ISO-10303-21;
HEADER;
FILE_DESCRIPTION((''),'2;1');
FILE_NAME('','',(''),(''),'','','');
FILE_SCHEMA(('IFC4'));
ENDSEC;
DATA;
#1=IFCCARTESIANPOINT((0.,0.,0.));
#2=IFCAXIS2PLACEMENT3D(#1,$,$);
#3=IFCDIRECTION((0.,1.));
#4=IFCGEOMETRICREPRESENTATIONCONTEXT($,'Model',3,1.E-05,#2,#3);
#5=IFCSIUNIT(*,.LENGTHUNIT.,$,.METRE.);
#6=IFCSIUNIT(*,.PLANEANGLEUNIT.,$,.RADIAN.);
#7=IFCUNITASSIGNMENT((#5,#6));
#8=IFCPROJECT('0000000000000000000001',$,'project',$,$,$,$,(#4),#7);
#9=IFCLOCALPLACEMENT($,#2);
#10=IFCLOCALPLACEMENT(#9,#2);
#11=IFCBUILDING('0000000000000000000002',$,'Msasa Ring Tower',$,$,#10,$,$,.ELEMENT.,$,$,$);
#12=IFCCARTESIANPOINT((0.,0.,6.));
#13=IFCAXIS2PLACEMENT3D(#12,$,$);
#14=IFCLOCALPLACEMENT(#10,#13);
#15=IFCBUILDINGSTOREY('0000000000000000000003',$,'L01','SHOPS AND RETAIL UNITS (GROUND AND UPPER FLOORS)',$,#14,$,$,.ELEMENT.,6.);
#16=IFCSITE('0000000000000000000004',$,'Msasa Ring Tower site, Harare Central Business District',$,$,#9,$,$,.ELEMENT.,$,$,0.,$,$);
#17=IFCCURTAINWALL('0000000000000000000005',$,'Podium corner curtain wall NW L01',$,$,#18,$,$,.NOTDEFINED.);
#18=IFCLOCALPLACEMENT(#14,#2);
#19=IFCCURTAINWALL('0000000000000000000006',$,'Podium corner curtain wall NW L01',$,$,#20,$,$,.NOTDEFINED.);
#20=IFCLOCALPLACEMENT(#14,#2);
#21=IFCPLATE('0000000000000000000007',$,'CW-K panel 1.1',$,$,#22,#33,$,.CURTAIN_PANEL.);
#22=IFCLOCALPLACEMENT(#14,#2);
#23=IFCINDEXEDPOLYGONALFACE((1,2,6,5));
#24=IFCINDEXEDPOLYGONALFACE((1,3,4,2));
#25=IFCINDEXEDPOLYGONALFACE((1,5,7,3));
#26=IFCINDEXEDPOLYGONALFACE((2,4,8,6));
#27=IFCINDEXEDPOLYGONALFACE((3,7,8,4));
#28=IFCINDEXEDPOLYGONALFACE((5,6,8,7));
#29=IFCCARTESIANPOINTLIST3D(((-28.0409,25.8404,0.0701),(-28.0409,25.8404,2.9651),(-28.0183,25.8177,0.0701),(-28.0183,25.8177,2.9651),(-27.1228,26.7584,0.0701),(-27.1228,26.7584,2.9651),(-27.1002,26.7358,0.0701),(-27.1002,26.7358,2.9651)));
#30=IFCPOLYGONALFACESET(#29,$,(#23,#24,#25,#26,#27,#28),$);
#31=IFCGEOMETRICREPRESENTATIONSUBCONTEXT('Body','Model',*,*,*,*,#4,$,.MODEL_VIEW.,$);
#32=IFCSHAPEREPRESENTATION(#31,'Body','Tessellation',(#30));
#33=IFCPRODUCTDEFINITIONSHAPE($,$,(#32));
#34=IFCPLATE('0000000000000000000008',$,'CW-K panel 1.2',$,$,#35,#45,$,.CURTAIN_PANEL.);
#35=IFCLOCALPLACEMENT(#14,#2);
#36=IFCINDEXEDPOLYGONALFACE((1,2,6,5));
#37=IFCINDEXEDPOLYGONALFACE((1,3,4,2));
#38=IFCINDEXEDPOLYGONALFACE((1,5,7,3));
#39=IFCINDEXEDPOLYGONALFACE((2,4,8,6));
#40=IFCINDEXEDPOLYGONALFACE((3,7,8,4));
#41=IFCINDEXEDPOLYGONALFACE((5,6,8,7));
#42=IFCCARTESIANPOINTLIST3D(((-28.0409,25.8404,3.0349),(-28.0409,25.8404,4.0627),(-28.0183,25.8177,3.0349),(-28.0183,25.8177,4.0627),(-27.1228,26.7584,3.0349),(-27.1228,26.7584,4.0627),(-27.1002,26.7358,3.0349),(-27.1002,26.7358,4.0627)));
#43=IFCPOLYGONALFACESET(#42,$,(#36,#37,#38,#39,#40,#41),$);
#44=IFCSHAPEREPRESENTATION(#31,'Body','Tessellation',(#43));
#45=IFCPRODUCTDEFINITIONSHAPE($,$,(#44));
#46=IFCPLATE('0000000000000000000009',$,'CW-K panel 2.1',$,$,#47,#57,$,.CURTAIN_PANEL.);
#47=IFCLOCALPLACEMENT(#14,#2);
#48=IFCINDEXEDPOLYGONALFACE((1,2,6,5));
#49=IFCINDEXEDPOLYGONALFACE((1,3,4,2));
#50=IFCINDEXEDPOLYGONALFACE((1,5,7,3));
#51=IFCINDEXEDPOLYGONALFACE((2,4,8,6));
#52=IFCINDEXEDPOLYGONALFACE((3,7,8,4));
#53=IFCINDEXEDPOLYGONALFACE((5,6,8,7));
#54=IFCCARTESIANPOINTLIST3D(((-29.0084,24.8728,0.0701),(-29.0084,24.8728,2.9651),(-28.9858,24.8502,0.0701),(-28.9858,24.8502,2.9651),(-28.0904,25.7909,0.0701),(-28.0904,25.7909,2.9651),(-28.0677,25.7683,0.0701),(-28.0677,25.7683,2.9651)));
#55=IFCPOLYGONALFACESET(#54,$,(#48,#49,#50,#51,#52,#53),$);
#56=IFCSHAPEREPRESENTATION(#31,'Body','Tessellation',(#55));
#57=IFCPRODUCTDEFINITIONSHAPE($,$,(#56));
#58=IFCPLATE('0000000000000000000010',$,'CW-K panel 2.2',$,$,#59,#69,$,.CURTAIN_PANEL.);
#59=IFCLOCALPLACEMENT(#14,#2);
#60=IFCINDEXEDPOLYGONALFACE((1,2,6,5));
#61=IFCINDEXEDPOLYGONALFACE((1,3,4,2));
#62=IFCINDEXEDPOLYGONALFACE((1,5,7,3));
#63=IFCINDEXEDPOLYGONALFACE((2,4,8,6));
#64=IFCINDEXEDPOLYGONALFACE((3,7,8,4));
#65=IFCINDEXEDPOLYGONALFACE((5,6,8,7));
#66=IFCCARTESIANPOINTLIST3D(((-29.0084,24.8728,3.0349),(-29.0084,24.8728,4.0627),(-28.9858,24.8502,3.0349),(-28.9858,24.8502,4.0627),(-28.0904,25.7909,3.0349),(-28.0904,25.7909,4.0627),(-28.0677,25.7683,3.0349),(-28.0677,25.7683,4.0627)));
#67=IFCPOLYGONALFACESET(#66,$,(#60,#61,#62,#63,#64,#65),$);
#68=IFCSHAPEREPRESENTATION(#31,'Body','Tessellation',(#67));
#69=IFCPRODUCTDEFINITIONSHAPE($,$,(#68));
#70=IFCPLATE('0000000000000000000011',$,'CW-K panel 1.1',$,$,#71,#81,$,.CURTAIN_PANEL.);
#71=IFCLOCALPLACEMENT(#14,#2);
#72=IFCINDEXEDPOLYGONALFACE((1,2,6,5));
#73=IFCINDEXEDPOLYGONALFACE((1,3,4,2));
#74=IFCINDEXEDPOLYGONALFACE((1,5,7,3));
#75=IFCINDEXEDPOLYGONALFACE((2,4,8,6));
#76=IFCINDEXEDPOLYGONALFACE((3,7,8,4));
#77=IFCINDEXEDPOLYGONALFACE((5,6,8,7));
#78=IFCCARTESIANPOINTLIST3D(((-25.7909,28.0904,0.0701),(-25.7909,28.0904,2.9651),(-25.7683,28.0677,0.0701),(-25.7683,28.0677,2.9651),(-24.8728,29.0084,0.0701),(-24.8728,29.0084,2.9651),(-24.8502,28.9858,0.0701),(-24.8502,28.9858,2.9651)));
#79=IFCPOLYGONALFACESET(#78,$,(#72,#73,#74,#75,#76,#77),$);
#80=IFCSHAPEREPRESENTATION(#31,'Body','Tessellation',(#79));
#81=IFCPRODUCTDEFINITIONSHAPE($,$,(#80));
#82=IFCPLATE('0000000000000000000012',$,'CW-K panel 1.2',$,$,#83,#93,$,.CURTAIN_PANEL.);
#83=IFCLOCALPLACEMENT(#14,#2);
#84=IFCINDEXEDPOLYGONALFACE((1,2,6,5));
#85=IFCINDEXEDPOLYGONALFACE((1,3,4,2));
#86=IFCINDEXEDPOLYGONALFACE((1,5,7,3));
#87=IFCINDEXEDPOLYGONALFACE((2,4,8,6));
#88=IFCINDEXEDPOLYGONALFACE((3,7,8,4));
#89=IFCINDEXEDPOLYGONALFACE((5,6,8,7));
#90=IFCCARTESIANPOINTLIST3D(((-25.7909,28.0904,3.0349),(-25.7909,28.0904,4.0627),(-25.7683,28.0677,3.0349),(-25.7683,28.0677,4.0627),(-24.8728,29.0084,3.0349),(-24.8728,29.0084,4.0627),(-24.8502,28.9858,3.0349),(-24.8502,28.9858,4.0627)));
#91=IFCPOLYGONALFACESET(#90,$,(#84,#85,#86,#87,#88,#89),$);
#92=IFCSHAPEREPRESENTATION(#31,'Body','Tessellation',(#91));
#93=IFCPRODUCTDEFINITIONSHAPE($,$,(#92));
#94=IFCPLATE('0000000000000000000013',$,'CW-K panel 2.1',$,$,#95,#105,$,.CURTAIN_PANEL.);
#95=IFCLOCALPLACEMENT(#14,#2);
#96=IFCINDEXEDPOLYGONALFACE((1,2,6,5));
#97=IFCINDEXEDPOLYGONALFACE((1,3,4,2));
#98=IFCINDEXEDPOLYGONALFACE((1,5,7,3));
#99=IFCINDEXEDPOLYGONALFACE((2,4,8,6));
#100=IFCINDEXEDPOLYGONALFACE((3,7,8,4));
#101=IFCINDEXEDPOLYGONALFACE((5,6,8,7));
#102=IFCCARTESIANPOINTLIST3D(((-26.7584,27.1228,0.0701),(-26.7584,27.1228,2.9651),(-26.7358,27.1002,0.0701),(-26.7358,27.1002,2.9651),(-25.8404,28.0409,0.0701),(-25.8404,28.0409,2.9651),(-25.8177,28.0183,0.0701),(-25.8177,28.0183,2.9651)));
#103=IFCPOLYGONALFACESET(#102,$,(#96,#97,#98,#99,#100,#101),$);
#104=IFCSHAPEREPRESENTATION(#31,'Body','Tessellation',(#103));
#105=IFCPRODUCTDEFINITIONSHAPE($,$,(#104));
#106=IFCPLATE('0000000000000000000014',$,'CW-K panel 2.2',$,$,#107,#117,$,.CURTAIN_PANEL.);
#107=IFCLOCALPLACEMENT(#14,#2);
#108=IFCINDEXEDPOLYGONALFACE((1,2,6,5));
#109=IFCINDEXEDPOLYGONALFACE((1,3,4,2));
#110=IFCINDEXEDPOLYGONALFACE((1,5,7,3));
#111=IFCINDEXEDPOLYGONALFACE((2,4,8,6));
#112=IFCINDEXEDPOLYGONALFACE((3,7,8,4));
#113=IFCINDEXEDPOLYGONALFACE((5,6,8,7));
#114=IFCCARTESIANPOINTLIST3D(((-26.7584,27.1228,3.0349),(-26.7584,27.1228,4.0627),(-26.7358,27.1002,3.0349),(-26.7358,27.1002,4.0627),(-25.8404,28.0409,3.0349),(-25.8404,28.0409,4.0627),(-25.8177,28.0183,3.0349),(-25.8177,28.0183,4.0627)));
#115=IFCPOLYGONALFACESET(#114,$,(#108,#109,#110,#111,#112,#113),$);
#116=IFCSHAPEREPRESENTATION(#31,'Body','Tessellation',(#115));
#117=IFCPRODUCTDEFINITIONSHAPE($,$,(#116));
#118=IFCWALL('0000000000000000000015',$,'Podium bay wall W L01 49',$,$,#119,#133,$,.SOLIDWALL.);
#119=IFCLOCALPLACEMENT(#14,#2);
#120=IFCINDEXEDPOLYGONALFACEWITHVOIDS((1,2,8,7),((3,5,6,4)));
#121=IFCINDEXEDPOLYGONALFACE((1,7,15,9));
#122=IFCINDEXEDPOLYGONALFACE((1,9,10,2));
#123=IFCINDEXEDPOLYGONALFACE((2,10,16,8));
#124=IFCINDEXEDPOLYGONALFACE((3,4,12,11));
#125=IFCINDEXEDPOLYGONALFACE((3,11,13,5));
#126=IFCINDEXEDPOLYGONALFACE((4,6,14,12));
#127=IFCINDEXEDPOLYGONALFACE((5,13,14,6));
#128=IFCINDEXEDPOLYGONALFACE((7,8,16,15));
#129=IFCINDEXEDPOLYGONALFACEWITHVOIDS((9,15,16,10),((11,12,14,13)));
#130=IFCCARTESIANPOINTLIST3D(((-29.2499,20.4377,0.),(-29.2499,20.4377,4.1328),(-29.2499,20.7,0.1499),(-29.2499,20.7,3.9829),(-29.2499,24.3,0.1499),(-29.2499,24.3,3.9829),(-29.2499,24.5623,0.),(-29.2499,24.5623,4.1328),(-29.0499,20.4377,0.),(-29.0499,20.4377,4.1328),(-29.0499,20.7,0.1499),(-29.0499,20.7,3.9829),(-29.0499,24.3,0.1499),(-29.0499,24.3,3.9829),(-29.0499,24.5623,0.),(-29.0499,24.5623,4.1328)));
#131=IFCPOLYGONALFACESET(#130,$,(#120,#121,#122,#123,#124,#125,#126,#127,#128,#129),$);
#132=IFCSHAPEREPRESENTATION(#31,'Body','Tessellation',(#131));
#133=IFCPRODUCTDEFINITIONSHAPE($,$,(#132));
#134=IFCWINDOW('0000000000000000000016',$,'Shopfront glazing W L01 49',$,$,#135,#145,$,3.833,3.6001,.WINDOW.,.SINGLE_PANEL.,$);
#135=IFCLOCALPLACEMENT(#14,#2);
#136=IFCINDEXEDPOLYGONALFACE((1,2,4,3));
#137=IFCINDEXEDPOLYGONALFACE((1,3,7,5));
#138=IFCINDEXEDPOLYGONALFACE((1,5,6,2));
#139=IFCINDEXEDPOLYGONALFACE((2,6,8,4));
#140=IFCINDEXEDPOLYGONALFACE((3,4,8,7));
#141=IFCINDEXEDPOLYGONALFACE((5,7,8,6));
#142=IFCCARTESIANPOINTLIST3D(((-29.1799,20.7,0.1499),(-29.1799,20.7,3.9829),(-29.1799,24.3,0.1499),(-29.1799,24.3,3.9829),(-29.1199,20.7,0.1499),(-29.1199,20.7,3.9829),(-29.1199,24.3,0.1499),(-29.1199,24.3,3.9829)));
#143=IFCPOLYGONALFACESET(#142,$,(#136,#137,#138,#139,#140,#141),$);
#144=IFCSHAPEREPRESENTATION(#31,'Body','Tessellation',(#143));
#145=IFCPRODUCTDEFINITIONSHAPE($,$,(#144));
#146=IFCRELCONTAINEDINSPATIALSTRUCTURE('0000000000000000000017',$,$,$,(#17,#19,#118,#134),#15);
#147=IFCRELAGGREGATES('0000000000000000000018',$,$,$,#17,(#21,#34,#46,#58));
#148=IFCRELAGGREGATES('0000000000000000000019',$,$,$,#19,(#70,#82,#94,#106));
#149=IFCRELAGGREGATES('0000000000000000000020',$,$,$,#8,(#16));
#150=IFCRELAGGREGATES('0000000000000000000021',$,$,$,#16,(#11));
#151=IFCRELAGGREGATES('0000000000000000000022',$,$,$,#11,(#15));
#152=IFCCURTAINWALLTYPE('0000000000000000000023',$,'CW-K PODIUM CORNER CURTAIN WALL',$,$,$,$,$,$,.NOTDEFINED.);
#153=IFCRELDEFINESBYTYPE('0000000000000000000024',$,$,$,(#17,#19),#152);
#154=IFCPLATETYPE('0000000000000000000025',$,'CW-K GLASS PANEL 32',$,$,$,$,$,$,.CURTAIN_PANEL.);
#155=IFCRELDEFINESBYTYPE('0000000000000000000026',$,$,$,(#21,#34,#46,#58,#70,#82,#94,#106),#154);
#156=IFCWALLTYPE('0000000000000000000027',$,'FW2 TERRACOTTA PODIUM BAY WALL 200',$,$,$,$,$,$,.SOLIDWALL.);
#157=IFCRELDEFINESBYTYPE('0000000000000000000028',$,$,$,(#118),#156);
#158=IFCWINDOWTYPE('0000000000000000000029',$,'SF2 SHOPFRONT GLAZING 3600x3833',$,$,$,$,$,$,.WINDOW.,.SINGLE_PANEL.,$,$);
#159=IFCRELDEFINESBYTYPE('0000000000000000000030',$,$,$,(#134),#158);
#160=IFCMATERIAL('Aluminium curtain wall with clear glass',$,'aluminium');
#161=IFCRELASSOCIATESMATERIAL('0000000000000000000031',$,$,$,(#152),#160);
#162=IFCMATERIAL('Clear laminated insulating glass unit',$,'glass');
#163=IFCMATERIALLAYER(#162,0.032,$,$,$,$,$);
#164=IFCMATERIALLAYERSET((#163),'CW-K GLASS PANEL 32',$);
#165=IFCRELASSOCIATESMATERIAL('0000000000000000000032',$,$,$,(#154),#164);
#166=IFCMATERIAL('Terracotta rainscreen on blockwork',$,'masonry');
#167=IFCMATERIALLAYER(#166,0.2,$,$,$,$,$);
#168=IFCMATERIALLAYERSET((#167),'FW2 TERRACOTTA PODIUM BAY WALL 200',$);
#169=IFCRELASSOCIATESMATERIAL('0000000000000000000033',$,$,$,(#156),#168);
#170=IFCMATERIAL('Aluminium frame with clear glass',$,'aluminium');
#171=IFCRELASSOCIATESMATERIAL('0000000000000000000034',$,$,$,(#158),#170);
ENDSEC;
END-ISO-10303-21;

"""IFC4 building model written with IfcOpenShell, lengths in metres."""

from ifc_helpers import new_model, si_unit, direction, frame, frame_2d, origin, origin_2d, place, context, subcontext, project, spatial, rectangle, extrude, material, layer, layer_set, type_object, element, fill, aggregate, save


model = new_model("IFC4")

# Units and contexts
model_context = context("Model", 3, precision=1e-05, world=origin(), true_north=direction((0.0, 1.0)))
body_context = subcontext(model_context, "Body", "Model", "MODEL_VIEW")
ifc_project = project(units=[si_unit("LENGTHUNIT", "METRE"), si_unit("PLANEANGLEUNIT", "RADIAN")], contexts=[model_context])

# Site, building, storey
site_placement = place(None, origin())
site = spatial("IfcSite", under=ifc_project, at=site_placement, Name="Msasa Ring Tower site, Harare Central Business District", CompositionType="ELEMENT", RefElevation=0.0)
building_placement = place(site_placement, origin())
building = spatial("IfcBuilding", under=site, at=building_placement, Name="Msasa Ring Tower", CompositionType="ELEMENT")
storey_placement = place(building_placement, frame((0.0, 0.0, 6.0)))
storey = spatial("IfcBuildingStorey", under=building, at=storey_placement, Name="L01", Description="SHOPS AND RETAIL UNITS (GROUND AND UPPER FLOORS)", CompositionType="ELEMENT", Elevation=6.0)

# Curtain walls
ifc_material_1 = material(Name="Aluminium curtain wall with clear glass", Category="aluminium")
curtain_wall_type = type_object("IfcCurtainWallType", Name="CW-K PODIUM CORNER CURTAIN WALL", PredefinedType="NOTDEFINED", material=ifc_material_1)
curtain_wall_1_placement = place(storey_placement, origin())
curtain_wall_1 = element("IfcCurtainWall", 1, at=curtain_wall_1_placement, inside=storey, type_object=curtain_wall_type, Name="Podium corner curtain wall NW L01", PredefinedType="NOTDEFINED")
curtain_wall_2_placement = place(storey_placement, origin())
curtain_wall_2 = element("IfcCurtainWall", 2, at=curtain_wall_2_placement, inside=storey, type_object=curtain_wall_type, Name="Podium corner curtain wall NW L01", PredefinedType="NOTDEFINED")

# Plates
ifc_material_2 = material(Name="Clear laminated insulating glass unit", Category="glass")
ifc_layer_1 = layer(ifc_material_2, 0.032)
ifc_layer_set_1 = layer_set([ifc_layer_1], Name="CW-K GLASS PANEL 32")
plate_type = type_object("IfcPlateType", Name="CW-K GLASS PANEL 32", PredefinedType="CURTAIN_PANEL", material=ifc_layer_set_1)
plate_1_placement = place(storey_placement, frame((-27.5706, 26.2881, 0.0701), z_axis=(0.0, 0.0, 1.0), x_axis=(-0.707107, -0.707107, 0.0)))
plate_1 = element("IfcPlate", 3, at=plate_1_placement, type_object=plate_type, Name="CW-K panel 1.1", PredefinedType="CURTAIN_PANEL", context=body_context, shape_type="SweptSolid", body=[
    extrude(rectangle(XDim=1.2983, YDim=0.032, at=origin_2d()), origin(), (0.0, 0.0, 1.0), 2.895),
])
plate_2_placement = place(storey_placement, frame((-27.5706, 26.2881, 3.0349), z_axis=(0.0, 0.0, 1.0), x_axis=(-0.707107, -0.707107, 0.0)))
plate_2 = element("IfcPlate", 4, at=plate_2_placement, type_object=plate_type, Name="CW-K panel 1.2", PredefinedType="CURTAIN_PANEL", context=body_context, shape_type="SweptSolid", body=[
    extrude(rectangle(XDim=1.2983, YDim=0.032, at=origin_2d()), origin(), (0.0, 0.0, 1.0), 1.0278),
])
plate_3_placement = place(storey_placement, frame((-28.5381, 25.3206, 0.0701), z_axis=(0.0, 0.0, 1.0), x_axis=(-0.707107, -0.707107, 0.0)))
plate_3 = element("IfcPlate", 5, at=plate_3_placement, type_object=plate_type, Name="CW-K panel 2.1", PredefinedType="CURTAIN_PANEL", context=body_context, shape_type="SweptSolid", body=[
    extrude(rectangle(XDim=1.2983, YDim=0.032, at=origin_2d()), origin(), (0.0, 0.0, 1.0), 2.895),
])
plate_4_placement = place(storey_placement, frame((-28.5381, 25.3206, 3.0349), z_axis=(0.0, 0.0, 1.0), x_axis=(-0.707107, -0.707107, 0.0)))
plate_4 = element("IfcPlate", 6, at=plate_4_placement, type_object=plate_type, Name="CW-K panel 2.2", PredefinedType="CURTAIN_PANEL", context=body_context, shape_type="SweptSolid", body=[
    extrude(rectangle(XDim=1.2983, YDim=0.032, at=origin_2d()), origin(), (0.0, 0.0, 1.0), 1.0278),
])
aggregate(curtain_wall_1, [plate_1, plate_2, plate_3, plate_4])
plate_5_placement = place(storey_placement, frame((-25.3206, 28.5381, 0.0701), z_axis=(0.0, 0.0, 1.0), x_axis=(-0.707107, -0.707107, 0.0)))
plate_5 = element("IfcPlate", 7, at=plate_5_placement, type_object=plate_type, Name="CW-K panel 1.1", PredefinedType="CURTAIN_PANEL", context=body_context, shape_type="SweptSolid", body=[
    extrude(rectangle(XDim=1.2983, YDim=0.032, at=origin_2d()), origin(), (0.0, 0.0, 1.0), 2.895),
])
plate_6_placement = place(storey_placement, frame((-25.3206, 28.5381, 3.0349), z_axis=(0.0, 0.0, 1.0), x_axis=(-0.707107, -0.707107, 0.0)))
plate_6 = element("IfcPlate", 8, at=plate_6_placement, type_object=plate_type, Name="CW-K panel 1.2", PredefinedType="CURTAIN_PANEL", context=body_context, shape_type="SweptSolid", body=[
    extrude(rectangle(XDim=1.2983, YDim=0.032, at=origin_2d()), origin(), (0.0, 0.0, 1.0), 1.0278),
])
plate_7_placement = place(storey_placement, frame((-26.2881, 27.5706, 0.0701), z_axis=(0.0, 0.0, 1.0), x_axis=(-0.707107, -0.707107, 0.0)))
plate_7 = element("IfcPlate", 9, at=plate_7_placement, type_object=plate_type, Name="CW-K panel 2.1", PredefinedType="CURTAIN_PANEL", context=body_context, shape_type="SweptSolid", body=[
    extrude(rectangle(XDim=1.2983, YDim=0.032, at=origin_2d()), origin(), (0.0, 0.0, 1.0), 2.895),
])
plate_8_placement = place(storey_placement, frame((-26.2881, 27.5706, 3.0349), z_axis=(0.0, 0.0, 1.0), x_axis=(-0.707107, -0.707107, 0.0)))
plate_8 = element("IfcPlate", 10, at=plate_8_placement, type_object=plate_type, Name="CW-K panel 2.2", PredefinedType="CURTAIN_PANEL", context=body_context, shape_type="SweptSolid", body=[
    extrude(rectangle(XDim=1.2983, YDim=0.032, at=origin_2d()), origin(), (0.0, 0.0, 1.0), 1.0278),
])
aggregate(curtain_wall_2, [plate_5, plate_6, plate_7, plate_8])

# Wall, opening, window
ifc_material_3 = material(Name="Terracotta rainscreen on blockwork", Category="masonry")
ifc_layer_2 = layer(ifc_material_3, 0.2)
ifc_layer_set_2 = layer_set([ifc_layer_2], Name="FW2 TERRACOTTA PODIUM BAY WALL 200")
wall_type = type_object("IfcWallType", Name="FW2 TERRACOTTA PODIUM BAY WALL 200", PredefinedType="SOLIDWALL", material=ifc_layer_set_2)
wall_placement = place(storey_placement, frame((-29.1499, 20.4377, 0.0), z_axis=(0.0, 0.0, 1.0), x_axis=(0.0, 1.0, 0.0)))
wall = element("IfcWall", 11, at=wall_placement, inside=storey, type_object=wall_type, Name="Podium bay wall W L01 49", PredefinedType="SOLIDWALL", context=body_context, shape_type="SweptSolid", body=[
    extrude(rectangle(XDim=4.1245, YDim=0.2, at=frame_2d((2.0623, 0.0))), origin(), (0.0, 0.0, 1.0), 4.1328),
])
opening_placement = place(wall_placement, frame((0.2622, 0.0, 0.1499)))
opening = element("IfcOpeningElement", 12, at=opening_placement, cuts=wall, PredefinedType="OPENING", context=body_context, shape_type="SweptSolid", body=[
    extrude(rectangle(XDim=3.6001, YDim=3.833, at=frame_2d((1.8, 1.9165))), frame((0.0, 0.1099, 0.0), z_axis=(0.0, -1.0, 0.0), x_axis=(1.0, 0.0, 0.0)), (0.0, 0.0, 1.0), 0.22),
])
ifc_material_4 = material(Name="Aluminium frame with clear glass", Category="aluminium")
window_type = type_object("IfcWindowType", Name="SF2 SHOPFRONT GLAZING 3600x3833", PartitioningType="SINGLE_PANEL", PredefinedType="WINDOW", material=ifc_material_4)
window_placement = place(opening_placement, origin())
window = element("IfcWindow", 13, at=window_placement, inside=storey, type_object=window_type, Name="Shopfront glazing W L01 49", OverallHeight=3.833, OverallWidth=3.6001, PartitioningType="SINGLE_PANEL", PredefinedType="WINDOW", context=body_context, shape_type="SweptSolid", body=[
    extrude(rectangle(XDim=3.6001, YDim=3.833, at=frame_2d((1.8, 1.9165))), frame((0.0, 0.03, 0.0), z_axis=(0.0, -1.0, 0.0), x_axis=(1.0, 0.0, 0.0)), (0.0, 0.0, 1.0), 0.0601),
])
fill(opening, window)

save(model, "model.ifc")
